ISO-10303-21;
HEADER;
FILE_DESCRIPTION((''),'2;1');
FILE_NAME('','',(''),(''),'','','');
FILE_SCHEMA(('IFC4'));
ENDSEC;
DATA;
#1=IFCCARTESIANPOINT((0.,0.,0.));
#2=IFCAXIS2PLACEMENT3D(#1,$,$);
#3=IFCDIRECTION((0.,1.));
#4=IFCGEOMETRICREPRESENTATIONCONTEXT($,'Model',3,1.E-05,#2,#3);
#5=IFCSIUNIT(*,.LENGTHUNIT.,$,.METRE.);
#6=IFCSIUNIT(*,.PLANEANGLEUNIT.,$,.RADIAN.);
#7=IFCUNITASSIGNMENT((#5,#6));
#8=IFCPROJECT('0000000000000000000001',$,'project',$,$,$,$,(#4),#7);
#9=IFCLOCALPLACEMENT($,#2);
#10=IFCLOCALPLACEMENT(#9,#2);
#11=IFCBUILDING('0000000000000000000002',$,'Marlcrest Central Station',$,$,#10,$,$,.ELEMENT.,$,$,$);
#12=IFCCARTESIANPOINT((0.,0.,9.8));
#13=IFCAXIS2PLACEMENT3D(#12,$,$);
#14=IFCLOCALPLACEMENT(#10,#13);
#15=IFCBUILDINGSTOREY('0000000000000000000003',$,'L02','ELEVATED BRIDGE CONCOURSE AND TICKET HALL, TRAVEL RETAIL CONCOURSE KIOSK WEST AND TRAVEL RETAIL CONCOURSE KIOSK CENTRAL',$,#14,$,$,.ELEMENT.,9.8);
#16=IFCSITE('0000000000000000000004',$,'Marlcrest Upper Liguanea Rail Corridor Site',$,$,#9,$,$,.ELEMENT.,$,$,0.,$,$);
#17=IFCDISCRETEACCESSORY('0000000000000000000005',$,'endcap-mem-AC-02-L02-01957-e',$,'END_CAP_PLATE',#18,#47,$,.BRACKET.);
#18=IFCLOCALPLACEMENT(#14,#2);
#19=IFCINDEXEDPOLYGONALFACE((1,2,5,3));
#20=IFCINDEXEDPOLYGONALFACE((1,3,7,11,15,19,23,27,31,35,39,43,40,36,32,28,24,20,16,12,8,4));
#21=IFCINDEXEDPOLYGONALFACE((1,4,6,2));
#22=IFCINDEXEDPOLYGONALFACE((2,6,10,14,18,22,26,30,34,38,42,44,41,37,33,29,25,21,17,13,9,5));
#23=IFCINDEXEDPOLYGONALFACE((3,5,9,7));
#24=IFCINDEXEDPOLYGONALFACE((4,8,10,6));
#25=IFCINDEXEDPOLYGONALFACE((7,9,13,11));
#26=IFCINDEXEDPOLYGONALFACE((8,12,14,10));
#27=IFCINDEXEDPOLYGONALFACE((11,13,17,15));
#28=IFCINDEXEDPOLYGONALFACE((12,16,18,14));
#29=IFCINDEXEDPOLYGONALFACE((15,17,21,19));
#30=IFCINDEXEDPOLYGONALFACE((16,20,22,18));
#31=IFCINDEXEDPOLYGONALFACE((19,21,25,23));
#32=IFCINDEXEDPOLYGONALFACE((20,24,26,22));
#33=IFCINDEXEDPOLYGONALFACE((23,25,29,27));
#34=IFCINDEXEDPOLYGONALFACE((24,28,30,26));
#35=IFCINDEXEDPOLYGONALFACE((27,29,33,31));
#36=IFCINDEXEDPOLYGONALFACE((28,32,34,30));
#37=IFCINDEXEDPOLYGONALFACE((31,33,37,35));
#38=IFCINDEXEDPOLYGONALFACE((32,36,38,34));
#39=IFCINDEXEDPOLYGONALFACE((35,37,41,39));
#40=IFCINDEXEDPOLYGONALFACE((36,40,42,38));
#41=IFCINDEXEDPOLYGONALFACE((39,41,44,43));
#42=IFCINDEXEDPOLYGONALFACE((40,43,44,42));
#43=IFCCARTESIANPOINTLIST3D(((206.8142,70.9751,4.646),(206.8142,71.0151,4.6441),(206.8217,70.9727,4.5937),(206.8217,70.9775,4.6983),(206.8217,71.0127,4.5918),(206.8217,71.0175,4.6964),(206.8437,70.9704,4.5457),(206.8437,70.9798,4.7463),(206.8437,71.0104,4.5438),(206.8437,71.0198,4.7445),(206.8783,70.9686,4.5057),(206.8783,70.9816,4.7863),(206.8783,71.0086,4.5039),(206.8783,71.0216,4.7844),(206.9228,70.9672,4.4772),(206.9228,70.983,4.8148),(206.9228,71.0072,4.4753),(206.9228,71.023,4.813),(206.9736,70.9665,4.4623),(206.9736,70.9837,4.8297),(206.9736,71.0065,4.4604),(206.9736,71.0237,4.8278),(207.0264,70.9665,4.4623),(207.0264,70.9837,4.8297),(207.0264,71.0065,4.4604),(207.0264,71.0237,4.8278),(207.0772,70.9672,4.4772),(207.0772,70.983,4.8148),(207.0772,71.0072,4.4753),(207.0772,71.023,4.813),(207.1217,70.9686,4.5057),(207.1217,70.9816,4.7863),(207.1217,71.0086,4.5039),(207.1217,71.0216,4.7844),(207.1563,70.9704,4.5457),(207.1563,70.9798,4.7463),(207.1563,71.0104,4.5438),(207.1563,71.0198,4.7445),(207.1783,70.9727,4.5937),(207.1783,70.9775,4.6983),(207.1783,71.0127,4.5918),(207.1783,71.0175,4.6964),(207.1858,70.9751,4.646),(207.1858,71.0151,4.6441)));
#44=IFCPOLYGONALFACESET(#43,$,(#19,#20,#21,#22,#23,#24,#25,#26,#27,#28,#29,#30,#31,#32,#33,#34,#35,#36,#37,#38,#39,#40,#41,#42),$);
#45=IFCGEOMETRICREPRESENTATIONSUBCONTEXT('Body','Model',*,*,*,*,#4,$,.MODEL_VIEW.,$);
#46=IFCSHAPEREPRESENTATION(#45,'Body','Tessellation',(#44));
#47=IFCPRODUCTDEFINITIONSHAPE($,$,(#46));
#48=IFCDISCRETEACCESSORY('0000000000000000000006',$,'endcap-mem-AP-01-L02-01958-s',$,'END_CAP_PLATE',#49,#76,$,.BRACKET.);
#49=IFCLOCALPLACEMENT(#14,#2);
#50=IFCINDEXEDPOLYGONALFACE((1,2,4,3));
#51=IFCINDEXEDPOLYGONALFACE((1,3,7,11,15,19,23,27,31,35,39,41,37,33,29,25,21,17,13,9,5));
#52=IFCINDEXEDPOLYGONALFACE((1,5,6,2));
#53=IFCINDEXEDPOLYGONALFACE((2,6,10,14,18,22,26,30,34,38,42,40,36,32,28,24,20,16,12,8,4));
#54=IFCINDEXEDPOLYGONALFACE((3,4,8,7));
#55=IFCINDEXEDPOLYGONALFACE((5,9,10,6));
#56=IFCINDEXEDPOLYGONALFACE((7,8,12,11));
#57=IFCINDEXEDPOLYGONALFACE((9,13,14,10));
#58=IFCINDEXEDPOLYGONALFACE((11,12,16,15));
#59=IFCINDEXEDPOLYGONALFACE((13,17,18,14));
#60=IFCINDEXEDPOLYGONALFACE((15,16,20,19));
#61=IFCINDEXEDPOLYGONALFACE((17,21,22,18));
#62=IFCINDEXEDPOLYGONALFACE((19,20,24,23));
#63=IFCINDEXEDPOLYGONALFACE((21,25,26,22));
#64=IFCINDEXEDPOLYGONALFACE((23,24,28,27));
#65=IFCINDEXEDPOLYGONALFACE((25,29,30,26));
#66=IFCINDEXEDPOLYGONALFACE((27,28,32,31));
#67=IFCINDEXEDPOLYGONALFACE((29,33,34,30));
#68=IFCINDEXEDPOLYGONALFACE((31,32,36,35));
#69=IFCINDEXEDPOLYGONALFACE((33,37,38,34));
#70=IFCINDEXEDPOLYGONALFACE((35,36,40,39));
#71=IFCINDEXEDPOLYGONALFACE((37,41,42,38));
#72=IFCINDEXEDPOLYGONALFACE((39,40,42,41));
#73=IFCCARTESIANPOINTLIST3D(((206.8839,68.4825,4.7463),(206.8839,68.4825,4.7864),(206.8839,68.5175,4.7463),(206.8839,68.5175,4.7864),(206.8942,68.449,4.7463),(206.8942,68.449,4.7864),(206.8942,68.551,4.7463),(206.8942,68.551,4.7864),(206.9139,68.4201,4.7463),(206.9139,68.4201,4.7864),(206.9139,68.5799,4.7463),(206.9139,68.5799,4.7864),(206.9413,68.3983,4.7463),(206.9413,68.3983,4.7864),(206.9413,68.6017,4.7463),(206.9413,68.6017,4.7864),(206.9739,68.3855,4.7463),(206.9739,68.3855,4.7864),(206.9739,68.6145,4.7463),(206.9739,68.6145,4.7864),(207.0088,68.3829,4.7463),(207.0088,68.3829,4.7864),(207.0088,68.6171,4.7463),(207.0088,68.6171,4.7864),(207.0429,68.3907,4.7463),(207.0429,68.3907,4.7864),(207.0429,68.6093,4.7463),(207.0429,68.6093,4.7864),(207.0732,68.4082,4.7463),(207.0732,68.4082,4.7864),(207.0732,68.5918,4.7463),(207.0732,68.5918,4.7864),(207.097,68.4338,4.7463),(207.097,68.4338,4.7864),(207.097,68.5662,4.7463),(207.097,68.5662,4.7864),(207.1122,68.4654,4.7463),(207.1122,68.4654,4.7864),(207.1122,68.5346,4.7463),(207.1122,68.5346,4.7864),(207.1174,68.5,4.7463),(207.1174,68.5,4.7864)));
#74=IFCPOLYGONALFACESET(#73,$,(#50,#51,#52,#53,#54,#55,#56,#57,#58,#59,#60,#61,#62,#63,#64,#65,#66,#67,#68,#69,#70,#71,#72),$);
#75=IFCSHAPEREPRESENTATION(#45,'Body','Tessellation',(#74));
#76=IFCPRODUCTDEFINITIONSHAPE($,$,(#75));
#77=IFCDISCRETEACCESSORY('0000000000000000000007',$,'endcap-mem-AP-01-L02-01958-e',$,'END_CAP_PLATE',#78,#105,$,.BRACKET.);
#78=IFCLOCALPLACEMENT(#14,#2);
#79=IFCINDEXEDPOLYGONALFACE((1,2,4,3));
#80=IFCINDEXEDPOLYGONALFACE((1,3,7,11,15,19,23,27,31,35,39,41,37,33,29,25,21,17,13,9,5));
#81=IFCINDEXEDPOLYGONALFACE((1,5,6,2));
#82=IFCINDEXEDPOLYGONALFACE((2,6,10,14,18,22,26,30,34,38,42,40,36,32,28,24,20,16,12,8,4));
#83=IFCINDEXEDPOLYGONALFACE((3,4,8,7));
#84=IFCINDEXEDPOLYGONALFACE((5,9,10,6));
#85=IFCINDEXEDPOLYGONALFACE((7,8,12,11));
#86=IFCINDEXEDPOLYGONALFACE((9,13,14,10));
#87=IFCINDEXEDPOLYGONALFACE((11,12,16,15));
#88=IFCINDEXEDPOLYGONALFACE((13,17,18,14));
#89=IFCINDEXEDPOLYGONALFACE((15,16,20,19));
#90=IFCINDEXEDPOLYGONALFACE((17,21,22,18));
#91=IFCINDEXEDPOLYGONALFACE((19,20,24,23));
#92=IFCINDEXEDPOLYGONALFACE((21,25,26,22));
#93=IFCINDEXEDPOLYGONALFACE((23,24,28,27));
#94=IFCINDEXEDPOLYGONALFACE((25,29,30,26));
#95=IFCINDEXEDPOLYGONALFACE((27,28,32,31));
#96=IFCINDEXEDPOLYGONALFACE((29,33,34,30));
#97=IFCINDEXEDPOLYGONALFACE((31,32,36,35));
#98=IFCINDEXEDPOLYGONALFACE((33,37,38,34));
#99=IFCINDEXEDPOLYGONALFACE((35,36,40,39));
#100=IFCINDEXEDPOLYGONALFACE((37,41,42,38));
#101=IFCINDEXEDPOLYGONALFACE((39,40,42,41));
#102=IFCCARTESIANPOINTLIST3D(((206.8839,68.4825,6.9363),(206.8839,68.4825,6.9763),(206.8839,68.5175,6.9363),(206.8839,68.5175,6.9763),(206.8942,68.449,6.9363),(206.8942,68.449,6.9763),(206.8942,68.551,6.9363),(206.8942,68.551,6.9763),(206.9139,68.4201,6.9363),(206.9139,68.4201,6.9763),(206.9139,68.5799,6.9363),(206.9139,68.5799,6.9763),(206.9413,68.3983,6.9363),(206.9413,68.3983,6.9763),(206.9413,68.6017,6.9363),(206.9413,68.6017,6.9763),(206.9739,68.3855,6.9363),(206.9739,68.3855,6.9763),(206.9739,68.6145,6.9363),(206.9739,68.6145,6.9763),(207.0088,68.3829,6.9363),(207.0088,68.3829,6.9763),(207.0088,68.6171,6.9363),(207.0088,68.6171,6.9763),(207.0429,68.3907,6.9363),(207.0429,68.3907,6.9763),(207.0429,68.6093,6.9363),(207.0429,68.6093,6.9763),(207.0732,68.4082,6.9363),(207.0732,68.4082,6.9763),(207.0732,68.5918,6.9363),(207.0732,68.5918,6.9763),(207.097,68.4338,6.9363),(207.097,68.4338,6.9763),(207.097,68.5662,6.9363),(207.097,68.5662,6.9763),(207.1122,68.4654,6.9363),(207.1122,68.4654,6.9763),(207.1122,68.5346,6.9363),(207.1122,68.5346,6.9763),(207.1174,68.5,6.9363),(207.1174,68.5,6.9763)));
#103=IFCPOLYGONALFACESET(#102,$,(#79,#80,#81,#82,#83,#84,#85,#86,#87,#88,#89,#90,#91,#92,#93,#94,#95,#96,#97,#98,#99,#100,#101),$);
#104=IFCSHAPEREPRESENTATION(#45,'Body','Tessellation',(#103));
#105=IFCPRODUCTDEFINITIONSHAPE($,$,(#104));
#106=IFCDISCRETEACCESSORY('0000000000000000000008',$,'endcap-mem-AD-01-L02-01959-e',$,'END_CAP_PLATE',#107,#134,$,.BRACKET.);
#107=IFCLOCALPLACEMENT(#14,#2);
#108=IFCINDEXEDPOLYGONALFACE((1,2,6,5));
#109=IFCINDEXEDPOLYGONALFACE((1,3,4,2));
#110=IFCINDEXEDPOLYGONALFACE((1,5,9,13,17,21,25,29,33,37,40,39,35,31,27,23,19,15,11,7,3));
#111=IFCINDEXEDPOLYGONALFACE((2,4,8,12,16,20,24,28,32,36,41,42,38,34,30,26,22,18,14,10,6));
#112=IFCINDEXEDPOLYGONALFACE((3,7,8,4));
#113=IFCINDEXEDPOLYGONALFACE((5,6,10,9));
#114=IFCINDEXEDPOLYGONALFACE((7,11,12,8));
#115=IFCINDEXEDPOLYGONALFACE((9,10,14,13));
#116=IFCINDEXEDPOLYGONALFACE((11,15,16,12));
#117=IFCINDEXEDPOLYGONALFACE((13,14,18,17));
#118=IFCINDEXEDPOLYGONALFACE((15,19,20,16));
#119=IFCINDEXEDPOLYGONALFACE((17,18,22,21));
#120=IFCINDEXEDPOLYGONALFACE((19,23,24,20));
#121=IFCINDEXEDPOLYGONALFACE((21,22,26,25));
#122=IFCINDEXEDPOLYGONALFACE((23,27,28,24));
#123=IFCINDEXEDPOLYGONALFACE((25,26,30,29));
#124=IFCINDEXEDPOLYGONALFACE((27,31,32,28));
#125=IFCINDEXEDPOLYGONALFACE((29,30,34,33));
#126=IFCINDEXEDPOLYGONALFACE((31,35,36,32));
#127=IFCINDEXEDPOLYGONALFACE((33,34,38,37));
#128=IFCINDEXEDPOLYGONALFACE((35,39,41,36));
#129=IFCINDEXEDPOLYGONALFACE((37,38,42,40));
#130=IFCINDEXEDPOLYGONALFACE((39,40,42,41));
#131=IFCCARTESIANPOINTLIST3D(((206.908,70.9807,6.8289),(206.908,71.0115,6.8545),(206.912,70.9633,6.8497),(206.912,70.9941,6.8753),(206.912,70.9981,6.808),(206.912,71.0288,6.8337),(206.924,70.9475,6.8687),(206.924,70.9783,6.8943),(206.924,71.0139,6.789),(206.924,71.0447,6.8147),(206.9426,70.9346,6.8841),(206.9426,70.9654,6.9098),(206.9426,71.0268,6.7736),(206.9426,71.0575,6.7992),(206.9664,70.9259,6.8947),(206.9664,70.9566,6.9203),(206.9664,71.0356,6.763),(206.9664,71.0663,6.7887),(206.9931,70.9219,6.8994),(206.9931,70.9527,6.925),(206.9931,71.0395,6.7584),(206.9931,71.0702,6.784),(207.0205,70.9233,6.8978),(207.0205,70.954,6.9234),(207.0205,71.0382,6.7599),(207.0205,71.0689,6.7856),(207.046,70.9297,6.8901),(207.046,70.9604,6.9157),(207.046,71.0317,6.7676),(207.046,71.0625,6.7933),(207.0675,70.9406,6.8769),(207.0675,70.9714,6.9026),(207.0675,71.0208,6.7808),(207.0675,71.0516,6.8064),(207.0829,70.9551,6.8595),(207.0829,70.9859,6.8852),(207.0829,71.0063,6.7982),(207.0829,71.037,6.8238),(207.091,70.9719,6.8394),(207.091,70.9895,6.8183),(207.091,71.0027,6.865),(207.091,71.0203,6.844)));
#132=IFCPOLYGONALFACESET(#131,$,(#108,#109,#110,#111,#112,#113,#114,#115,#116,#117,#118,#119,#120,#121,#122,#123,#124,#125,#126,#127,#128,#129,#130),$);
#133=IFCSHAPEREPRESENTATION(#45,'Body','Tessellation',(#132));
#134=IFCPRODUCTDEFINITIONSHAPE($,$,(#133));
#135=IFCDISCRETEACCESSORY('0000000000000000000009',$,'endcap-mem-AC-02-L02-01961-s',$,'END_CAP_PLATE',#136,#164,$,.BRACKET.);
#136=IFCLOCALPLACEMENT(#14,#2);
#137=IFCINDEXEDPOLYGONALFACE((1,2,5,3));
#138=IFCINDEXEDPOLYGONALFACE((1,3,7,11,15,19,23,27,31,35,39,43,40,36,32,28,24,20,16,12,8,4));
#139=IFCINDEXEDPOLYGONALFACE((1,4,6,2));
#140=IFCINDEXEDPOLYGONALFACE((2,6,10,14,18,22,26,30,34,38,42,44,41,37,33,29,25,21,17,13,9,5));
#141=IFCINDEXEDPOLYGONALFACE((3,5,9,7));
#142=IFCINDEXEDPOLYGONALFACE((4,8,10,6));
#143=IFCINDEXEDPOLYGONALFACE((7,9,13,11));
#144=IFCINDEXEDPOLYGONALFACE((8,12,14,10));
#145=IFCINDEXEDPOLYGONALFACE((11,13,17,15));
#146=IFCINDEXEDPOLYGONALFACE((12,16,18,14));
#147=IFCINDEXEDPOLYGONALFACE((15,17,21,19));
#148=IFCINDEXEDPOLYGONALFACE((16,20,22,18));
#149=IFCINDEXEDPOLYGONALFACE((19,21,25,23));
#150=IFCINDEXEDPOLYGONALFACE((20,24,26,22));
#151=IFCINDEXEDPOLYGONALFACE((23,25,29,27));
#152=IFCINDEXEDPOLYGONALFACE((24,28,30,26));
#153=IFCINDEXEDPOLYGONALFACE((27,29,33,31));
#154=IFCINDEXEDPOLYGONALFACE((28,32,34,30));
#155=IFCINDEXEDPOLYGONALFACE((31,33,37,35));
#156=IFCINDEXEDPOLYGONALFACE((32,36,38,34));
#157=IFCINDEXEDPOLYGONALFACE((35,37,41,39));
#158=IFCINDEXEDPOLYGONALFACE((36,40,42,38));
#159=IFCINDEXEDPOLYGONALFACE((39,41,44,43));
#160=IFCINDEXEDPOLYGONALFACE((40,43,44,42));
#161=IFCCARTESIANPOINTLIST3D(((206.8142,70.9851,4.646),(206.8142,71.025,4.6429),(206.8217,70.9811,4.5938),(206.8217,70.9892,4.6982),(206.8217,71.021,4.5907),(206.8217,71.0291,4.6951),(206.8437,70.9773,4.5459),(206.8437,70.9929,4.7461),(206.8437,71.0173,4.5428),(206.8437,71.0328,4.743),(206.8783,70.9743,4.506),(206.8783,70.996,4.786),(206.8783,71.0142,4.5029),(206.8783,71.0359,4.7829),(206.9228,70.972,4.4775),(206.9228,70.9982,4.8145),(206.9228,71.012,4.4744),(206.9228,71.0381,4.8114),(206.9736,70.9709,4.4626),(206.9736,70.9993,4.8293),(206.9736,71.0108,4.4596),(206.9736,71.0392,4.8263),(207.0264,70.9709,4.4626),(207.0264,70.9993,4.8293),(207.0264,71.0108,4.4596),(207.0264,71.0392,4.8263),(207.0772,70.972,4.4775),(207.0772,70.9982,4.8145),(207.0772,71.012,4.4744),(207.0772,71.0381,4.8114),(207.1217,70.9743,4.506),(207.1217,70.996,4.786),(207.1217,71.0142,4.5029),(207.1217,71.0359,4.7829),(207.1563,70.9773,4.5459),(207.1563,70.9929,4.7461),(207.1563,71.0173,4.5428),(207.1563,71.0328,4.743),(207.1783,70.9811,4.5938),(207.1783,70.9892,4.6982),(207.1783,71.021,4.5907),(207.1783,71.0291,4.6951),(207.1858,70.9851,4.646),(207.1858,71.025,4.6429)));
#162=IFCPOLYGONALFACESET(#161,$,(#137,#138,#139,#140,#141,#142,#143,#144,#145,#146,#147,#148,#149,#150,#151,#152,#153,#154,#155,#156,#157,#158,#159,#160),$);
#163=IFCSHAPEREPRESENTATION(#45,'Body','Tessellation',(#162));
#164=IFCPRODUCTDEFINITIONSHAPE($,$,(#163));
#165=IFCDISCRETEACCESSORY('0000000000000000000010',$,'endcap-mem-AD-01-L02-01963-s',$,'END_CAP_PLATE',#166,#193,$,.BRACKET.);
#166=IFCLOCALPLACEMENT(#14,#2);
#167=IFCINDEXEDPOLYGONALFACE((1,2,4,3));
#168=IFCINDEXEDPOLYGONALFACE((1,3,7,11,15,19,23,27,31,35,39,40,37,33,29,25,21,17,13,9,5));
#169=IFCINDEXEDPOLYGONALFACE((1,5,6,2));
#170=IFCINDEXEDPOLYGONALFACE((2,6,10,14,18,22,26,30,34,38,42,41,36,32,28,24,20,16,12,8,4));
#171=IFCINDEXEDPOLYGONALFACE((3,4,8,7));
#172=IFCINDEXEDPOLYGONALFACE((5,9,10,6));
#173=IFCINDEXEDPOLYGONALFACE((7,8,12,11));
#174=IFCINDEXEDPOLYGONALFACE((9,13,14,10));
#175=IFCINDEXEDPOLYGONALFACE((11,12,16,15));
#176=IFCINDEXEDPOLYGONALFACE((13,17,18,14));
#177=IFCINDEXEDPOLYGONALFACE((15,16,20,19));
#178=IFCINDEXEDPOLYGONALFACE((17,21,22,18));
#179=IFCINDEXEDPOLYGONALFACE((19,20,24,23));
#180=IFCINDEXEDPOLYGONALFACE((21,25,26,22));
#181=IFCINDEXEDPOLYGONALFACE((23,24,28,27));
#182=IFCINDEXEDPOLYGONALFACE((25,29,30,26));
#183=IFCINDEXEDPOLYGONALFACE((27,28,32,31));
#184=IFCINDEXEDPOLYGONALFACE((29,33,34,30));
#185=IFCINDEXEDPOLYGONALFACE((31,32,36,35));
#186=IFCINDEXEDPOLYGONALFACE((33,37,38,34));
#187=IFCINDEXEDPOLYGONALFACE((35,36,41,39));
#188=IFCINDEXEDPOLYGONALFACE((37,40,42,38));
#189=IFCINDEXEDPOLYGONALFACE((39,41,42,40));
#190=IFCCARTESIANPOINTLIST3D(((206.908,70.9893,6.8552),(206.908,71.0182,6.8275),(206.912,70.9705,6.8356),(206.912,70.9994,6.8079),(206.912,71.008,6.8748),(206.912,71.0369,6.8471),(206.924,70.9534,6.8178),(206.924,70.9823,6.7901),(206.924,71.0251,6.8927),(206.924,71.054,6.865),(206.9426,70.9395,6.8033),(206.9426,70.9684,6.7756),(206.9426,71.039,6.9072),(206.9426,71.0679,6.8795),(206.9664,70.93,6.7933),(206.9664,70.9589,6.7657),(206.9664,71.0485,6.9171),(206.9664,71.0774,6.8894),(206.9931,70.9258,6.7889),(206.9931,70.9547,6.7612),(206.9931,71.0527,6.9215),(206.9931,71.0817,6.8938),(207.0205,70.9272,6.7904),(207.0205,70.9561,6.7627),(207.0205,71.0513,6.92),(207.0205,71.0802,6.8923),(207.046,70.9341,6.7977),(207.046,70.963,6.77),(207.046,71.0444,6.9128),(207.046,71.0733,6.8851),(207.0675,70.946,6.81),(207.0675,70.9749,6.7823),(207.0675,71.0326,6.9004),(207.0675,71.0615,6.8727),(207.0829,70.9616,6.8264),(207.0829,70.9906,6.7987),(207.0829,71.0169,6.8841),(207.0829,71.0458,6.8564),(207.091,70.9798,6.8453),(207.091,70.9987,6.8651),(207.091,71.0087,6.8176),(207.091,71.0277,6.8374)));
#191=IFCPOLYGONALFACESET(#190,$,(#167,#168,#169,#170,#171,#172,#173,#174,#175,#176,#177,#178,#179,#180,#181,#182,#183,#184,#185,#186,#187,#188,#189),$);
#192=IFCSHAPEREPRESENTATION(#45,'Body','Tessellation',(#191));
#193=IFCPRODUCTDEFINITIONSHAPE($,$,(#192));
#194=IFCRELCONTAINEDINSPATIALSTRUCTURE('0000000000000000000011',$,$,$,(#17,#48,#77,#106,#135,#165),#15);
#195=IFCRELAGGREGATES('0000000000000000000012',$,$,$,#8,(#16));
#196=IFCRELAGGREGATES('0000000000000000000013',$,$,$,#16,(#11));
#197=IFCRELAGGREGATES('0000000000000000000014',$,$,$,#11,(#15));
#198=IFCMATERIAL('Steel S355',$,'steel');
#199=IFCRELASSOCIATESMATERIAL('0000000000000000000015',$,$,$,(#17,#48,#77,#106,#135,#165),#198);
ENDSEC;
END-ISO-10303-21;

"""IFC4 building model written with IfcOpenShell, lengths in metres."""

from ifc_helpers import new_model, si_unit, direction, frame, origin, origin_2d, place, context, subcontext, project, spatial, circle, extrude, material, element, save


model = new_model("IFC4")

# Units and contexts
model_context = context("Model", 3, precision=1e-05, world=origin(), true_north=direction((0.0, 1.0)))
body_context = subcontext(model_context, "Body", "Model", "MODEL_VIEW")
ifc_project = project(units=[si_unit("LENGTHUNIT", "METRE"), si_unit("PLANEANGLEUNIT", "RADIAN")], contexts=[model_context])

# Site, building, storey
site_placement = place(None, origin())
site = spatial("IfcSite", under=ifc_project, at=site_placement, Name="Marlcrest Upper Liguanea Rail Corridor Site", CompositionType="ELEMENT", RefElevation=0.0)
building_placement = place(site_placement, origin())
building = spatial("IfcBuilding", under=site, at=building_placement, Name="Marlcrest Central Station", CompositionType="ELEMENT")
storey_placement = place(building_placement, frame((0.0, 0.0, 9.8)))
storey = spatial("IfcBuildingStorey", under=building, at=storey_placement, Name="L02", Description="ELEVATED BRIDGE CONCOURSE AND TICKET HALL, TRAVEL RETAIL CONCOURSE KIOSK WEST AND TRAVEL RETAIL CONCOURSE KIOSK CENTRAL", CompositionType="ELEMENT", Elevation=9.8)

# Shared definitions
ifc_material = material(Name="Steel S355", Category="steel")

# Discrete accessories
discrete_accessory_1_placement = place(storey_placement, frame((207.0, 70.9751, 4.646), z_axis=(0.0, 0.998917, -0.046532), x_axis=(-1.0, 0.0, 0.0)))
element("IfcDiscreteAccessory", 1, at=discrete_accessory_1_placement, inside=storey, material=ifc_material, Name="endcap-mem-AC-02-L02-01957-e", ObjectType="END_CAP_PLATE", PredefinedType="BRACKET", context=body_context, shape_type="SweptSolid", body=[
    extrude(circle(Radius=0.1858, at=origin_2d()), origin(), (0.0, 0.0, 1.0), 0.04),
])
for number, where, z_axis, x_axis, name in (
    (2, (207.0, 68.5, 4.7463), (0.0, 0.0, 1.0), (1.0, 0.0, 0.0), "endcap-mem-AP-01-L02-01958-s"),
    (3, (207.0, 68.5, 6.9363), (0.0, 0.0, 1.0), (1.0, 0.0, 0.0), "endcap-mem-AP-01-L02-01958-e"),
):
    element("IfcDiscreteAccessory", number, at=place(storey_placement, frame(where, z_axis=z_axis, x_axis=x_axis)), inside=storey, material=ifc_material, Name=name, ObjectType="END_CAP_PLATE", PredefinedType="BRACKET", context=body_context, shape_type="SweptSolid", body=[
        extrude(circle(Radius=0.1174, at=origin_2d()), origin(), (0.0, 0.0, 1.0), 0.04),
    ])
discrete_accessory_2_placement = place(storey_placement, frame((207.0, 70.9807, 6.8289), z_axis=(0.0, 0.76816, 0.640258), x_axis=(-1.0, 0.0, 0.0)))
element("IfcDiscreteAccessory", 4, at=discrete_accessory_2_placement, inside=storey, material=ifc_material, Name="endcap-mem-AD-01-L02-01959-e", ObjectType="END_CAP_PLATE", PredefinedType="BRACKET", context=body_context, shape_type="SweptSolid", body=[
    extrude(circle(Radius=0.092, at=origin_2d()), origin(), (0.0, 0.0, 1.0), 0.04),
])
discrete_accessory_3_placement = place(storey_placement, frame((207.0, 70.9851, 4.646), z_axis=(0.0, 0.997007, -0.077307), x_axis=(-1.0, 0.0, 0.0)))
element("IfcDiscreteAccessory", 5, at=discrete_accessory_3_placement, inside=storey, material=ifc_material, Name="endcap-mem-AC-02-L02-01961-s", ObjectType="END_CAP_PLATE", PredefinedType="BRACKET", context=body_context, shape_type="SweptSolid", body=[
    extrude(circle(Radius=0.1858, at=origin_2d()), origin(), (0.0, 0.0, 1.0), 0.04),
])
discrete_accessory_4_placement = place(storey_placement, frame((207.0, 70.9893, 6.8552), z_axis=(0.0, 0.722247, -0.691636), x_axis=(-1.0, 0.0, 0.0)))
element("IfcDiscreteAccessory", 6, at=discrete_accessory_4_placement, inside=storey, material=ifc_material, Name="endcap-mem-AD-01-L02-01963-s", ObjectType="END_CAP_PLATE", PredefinedType="BRACKET", context=body_context, shape_type="SweptSolid", body=[
    extrude(circle(Radius=0.092, at=origin_2d()), origin(), (0.0, 0.0, 1.0), 0.04),
])

save(model, "model.ifc")
